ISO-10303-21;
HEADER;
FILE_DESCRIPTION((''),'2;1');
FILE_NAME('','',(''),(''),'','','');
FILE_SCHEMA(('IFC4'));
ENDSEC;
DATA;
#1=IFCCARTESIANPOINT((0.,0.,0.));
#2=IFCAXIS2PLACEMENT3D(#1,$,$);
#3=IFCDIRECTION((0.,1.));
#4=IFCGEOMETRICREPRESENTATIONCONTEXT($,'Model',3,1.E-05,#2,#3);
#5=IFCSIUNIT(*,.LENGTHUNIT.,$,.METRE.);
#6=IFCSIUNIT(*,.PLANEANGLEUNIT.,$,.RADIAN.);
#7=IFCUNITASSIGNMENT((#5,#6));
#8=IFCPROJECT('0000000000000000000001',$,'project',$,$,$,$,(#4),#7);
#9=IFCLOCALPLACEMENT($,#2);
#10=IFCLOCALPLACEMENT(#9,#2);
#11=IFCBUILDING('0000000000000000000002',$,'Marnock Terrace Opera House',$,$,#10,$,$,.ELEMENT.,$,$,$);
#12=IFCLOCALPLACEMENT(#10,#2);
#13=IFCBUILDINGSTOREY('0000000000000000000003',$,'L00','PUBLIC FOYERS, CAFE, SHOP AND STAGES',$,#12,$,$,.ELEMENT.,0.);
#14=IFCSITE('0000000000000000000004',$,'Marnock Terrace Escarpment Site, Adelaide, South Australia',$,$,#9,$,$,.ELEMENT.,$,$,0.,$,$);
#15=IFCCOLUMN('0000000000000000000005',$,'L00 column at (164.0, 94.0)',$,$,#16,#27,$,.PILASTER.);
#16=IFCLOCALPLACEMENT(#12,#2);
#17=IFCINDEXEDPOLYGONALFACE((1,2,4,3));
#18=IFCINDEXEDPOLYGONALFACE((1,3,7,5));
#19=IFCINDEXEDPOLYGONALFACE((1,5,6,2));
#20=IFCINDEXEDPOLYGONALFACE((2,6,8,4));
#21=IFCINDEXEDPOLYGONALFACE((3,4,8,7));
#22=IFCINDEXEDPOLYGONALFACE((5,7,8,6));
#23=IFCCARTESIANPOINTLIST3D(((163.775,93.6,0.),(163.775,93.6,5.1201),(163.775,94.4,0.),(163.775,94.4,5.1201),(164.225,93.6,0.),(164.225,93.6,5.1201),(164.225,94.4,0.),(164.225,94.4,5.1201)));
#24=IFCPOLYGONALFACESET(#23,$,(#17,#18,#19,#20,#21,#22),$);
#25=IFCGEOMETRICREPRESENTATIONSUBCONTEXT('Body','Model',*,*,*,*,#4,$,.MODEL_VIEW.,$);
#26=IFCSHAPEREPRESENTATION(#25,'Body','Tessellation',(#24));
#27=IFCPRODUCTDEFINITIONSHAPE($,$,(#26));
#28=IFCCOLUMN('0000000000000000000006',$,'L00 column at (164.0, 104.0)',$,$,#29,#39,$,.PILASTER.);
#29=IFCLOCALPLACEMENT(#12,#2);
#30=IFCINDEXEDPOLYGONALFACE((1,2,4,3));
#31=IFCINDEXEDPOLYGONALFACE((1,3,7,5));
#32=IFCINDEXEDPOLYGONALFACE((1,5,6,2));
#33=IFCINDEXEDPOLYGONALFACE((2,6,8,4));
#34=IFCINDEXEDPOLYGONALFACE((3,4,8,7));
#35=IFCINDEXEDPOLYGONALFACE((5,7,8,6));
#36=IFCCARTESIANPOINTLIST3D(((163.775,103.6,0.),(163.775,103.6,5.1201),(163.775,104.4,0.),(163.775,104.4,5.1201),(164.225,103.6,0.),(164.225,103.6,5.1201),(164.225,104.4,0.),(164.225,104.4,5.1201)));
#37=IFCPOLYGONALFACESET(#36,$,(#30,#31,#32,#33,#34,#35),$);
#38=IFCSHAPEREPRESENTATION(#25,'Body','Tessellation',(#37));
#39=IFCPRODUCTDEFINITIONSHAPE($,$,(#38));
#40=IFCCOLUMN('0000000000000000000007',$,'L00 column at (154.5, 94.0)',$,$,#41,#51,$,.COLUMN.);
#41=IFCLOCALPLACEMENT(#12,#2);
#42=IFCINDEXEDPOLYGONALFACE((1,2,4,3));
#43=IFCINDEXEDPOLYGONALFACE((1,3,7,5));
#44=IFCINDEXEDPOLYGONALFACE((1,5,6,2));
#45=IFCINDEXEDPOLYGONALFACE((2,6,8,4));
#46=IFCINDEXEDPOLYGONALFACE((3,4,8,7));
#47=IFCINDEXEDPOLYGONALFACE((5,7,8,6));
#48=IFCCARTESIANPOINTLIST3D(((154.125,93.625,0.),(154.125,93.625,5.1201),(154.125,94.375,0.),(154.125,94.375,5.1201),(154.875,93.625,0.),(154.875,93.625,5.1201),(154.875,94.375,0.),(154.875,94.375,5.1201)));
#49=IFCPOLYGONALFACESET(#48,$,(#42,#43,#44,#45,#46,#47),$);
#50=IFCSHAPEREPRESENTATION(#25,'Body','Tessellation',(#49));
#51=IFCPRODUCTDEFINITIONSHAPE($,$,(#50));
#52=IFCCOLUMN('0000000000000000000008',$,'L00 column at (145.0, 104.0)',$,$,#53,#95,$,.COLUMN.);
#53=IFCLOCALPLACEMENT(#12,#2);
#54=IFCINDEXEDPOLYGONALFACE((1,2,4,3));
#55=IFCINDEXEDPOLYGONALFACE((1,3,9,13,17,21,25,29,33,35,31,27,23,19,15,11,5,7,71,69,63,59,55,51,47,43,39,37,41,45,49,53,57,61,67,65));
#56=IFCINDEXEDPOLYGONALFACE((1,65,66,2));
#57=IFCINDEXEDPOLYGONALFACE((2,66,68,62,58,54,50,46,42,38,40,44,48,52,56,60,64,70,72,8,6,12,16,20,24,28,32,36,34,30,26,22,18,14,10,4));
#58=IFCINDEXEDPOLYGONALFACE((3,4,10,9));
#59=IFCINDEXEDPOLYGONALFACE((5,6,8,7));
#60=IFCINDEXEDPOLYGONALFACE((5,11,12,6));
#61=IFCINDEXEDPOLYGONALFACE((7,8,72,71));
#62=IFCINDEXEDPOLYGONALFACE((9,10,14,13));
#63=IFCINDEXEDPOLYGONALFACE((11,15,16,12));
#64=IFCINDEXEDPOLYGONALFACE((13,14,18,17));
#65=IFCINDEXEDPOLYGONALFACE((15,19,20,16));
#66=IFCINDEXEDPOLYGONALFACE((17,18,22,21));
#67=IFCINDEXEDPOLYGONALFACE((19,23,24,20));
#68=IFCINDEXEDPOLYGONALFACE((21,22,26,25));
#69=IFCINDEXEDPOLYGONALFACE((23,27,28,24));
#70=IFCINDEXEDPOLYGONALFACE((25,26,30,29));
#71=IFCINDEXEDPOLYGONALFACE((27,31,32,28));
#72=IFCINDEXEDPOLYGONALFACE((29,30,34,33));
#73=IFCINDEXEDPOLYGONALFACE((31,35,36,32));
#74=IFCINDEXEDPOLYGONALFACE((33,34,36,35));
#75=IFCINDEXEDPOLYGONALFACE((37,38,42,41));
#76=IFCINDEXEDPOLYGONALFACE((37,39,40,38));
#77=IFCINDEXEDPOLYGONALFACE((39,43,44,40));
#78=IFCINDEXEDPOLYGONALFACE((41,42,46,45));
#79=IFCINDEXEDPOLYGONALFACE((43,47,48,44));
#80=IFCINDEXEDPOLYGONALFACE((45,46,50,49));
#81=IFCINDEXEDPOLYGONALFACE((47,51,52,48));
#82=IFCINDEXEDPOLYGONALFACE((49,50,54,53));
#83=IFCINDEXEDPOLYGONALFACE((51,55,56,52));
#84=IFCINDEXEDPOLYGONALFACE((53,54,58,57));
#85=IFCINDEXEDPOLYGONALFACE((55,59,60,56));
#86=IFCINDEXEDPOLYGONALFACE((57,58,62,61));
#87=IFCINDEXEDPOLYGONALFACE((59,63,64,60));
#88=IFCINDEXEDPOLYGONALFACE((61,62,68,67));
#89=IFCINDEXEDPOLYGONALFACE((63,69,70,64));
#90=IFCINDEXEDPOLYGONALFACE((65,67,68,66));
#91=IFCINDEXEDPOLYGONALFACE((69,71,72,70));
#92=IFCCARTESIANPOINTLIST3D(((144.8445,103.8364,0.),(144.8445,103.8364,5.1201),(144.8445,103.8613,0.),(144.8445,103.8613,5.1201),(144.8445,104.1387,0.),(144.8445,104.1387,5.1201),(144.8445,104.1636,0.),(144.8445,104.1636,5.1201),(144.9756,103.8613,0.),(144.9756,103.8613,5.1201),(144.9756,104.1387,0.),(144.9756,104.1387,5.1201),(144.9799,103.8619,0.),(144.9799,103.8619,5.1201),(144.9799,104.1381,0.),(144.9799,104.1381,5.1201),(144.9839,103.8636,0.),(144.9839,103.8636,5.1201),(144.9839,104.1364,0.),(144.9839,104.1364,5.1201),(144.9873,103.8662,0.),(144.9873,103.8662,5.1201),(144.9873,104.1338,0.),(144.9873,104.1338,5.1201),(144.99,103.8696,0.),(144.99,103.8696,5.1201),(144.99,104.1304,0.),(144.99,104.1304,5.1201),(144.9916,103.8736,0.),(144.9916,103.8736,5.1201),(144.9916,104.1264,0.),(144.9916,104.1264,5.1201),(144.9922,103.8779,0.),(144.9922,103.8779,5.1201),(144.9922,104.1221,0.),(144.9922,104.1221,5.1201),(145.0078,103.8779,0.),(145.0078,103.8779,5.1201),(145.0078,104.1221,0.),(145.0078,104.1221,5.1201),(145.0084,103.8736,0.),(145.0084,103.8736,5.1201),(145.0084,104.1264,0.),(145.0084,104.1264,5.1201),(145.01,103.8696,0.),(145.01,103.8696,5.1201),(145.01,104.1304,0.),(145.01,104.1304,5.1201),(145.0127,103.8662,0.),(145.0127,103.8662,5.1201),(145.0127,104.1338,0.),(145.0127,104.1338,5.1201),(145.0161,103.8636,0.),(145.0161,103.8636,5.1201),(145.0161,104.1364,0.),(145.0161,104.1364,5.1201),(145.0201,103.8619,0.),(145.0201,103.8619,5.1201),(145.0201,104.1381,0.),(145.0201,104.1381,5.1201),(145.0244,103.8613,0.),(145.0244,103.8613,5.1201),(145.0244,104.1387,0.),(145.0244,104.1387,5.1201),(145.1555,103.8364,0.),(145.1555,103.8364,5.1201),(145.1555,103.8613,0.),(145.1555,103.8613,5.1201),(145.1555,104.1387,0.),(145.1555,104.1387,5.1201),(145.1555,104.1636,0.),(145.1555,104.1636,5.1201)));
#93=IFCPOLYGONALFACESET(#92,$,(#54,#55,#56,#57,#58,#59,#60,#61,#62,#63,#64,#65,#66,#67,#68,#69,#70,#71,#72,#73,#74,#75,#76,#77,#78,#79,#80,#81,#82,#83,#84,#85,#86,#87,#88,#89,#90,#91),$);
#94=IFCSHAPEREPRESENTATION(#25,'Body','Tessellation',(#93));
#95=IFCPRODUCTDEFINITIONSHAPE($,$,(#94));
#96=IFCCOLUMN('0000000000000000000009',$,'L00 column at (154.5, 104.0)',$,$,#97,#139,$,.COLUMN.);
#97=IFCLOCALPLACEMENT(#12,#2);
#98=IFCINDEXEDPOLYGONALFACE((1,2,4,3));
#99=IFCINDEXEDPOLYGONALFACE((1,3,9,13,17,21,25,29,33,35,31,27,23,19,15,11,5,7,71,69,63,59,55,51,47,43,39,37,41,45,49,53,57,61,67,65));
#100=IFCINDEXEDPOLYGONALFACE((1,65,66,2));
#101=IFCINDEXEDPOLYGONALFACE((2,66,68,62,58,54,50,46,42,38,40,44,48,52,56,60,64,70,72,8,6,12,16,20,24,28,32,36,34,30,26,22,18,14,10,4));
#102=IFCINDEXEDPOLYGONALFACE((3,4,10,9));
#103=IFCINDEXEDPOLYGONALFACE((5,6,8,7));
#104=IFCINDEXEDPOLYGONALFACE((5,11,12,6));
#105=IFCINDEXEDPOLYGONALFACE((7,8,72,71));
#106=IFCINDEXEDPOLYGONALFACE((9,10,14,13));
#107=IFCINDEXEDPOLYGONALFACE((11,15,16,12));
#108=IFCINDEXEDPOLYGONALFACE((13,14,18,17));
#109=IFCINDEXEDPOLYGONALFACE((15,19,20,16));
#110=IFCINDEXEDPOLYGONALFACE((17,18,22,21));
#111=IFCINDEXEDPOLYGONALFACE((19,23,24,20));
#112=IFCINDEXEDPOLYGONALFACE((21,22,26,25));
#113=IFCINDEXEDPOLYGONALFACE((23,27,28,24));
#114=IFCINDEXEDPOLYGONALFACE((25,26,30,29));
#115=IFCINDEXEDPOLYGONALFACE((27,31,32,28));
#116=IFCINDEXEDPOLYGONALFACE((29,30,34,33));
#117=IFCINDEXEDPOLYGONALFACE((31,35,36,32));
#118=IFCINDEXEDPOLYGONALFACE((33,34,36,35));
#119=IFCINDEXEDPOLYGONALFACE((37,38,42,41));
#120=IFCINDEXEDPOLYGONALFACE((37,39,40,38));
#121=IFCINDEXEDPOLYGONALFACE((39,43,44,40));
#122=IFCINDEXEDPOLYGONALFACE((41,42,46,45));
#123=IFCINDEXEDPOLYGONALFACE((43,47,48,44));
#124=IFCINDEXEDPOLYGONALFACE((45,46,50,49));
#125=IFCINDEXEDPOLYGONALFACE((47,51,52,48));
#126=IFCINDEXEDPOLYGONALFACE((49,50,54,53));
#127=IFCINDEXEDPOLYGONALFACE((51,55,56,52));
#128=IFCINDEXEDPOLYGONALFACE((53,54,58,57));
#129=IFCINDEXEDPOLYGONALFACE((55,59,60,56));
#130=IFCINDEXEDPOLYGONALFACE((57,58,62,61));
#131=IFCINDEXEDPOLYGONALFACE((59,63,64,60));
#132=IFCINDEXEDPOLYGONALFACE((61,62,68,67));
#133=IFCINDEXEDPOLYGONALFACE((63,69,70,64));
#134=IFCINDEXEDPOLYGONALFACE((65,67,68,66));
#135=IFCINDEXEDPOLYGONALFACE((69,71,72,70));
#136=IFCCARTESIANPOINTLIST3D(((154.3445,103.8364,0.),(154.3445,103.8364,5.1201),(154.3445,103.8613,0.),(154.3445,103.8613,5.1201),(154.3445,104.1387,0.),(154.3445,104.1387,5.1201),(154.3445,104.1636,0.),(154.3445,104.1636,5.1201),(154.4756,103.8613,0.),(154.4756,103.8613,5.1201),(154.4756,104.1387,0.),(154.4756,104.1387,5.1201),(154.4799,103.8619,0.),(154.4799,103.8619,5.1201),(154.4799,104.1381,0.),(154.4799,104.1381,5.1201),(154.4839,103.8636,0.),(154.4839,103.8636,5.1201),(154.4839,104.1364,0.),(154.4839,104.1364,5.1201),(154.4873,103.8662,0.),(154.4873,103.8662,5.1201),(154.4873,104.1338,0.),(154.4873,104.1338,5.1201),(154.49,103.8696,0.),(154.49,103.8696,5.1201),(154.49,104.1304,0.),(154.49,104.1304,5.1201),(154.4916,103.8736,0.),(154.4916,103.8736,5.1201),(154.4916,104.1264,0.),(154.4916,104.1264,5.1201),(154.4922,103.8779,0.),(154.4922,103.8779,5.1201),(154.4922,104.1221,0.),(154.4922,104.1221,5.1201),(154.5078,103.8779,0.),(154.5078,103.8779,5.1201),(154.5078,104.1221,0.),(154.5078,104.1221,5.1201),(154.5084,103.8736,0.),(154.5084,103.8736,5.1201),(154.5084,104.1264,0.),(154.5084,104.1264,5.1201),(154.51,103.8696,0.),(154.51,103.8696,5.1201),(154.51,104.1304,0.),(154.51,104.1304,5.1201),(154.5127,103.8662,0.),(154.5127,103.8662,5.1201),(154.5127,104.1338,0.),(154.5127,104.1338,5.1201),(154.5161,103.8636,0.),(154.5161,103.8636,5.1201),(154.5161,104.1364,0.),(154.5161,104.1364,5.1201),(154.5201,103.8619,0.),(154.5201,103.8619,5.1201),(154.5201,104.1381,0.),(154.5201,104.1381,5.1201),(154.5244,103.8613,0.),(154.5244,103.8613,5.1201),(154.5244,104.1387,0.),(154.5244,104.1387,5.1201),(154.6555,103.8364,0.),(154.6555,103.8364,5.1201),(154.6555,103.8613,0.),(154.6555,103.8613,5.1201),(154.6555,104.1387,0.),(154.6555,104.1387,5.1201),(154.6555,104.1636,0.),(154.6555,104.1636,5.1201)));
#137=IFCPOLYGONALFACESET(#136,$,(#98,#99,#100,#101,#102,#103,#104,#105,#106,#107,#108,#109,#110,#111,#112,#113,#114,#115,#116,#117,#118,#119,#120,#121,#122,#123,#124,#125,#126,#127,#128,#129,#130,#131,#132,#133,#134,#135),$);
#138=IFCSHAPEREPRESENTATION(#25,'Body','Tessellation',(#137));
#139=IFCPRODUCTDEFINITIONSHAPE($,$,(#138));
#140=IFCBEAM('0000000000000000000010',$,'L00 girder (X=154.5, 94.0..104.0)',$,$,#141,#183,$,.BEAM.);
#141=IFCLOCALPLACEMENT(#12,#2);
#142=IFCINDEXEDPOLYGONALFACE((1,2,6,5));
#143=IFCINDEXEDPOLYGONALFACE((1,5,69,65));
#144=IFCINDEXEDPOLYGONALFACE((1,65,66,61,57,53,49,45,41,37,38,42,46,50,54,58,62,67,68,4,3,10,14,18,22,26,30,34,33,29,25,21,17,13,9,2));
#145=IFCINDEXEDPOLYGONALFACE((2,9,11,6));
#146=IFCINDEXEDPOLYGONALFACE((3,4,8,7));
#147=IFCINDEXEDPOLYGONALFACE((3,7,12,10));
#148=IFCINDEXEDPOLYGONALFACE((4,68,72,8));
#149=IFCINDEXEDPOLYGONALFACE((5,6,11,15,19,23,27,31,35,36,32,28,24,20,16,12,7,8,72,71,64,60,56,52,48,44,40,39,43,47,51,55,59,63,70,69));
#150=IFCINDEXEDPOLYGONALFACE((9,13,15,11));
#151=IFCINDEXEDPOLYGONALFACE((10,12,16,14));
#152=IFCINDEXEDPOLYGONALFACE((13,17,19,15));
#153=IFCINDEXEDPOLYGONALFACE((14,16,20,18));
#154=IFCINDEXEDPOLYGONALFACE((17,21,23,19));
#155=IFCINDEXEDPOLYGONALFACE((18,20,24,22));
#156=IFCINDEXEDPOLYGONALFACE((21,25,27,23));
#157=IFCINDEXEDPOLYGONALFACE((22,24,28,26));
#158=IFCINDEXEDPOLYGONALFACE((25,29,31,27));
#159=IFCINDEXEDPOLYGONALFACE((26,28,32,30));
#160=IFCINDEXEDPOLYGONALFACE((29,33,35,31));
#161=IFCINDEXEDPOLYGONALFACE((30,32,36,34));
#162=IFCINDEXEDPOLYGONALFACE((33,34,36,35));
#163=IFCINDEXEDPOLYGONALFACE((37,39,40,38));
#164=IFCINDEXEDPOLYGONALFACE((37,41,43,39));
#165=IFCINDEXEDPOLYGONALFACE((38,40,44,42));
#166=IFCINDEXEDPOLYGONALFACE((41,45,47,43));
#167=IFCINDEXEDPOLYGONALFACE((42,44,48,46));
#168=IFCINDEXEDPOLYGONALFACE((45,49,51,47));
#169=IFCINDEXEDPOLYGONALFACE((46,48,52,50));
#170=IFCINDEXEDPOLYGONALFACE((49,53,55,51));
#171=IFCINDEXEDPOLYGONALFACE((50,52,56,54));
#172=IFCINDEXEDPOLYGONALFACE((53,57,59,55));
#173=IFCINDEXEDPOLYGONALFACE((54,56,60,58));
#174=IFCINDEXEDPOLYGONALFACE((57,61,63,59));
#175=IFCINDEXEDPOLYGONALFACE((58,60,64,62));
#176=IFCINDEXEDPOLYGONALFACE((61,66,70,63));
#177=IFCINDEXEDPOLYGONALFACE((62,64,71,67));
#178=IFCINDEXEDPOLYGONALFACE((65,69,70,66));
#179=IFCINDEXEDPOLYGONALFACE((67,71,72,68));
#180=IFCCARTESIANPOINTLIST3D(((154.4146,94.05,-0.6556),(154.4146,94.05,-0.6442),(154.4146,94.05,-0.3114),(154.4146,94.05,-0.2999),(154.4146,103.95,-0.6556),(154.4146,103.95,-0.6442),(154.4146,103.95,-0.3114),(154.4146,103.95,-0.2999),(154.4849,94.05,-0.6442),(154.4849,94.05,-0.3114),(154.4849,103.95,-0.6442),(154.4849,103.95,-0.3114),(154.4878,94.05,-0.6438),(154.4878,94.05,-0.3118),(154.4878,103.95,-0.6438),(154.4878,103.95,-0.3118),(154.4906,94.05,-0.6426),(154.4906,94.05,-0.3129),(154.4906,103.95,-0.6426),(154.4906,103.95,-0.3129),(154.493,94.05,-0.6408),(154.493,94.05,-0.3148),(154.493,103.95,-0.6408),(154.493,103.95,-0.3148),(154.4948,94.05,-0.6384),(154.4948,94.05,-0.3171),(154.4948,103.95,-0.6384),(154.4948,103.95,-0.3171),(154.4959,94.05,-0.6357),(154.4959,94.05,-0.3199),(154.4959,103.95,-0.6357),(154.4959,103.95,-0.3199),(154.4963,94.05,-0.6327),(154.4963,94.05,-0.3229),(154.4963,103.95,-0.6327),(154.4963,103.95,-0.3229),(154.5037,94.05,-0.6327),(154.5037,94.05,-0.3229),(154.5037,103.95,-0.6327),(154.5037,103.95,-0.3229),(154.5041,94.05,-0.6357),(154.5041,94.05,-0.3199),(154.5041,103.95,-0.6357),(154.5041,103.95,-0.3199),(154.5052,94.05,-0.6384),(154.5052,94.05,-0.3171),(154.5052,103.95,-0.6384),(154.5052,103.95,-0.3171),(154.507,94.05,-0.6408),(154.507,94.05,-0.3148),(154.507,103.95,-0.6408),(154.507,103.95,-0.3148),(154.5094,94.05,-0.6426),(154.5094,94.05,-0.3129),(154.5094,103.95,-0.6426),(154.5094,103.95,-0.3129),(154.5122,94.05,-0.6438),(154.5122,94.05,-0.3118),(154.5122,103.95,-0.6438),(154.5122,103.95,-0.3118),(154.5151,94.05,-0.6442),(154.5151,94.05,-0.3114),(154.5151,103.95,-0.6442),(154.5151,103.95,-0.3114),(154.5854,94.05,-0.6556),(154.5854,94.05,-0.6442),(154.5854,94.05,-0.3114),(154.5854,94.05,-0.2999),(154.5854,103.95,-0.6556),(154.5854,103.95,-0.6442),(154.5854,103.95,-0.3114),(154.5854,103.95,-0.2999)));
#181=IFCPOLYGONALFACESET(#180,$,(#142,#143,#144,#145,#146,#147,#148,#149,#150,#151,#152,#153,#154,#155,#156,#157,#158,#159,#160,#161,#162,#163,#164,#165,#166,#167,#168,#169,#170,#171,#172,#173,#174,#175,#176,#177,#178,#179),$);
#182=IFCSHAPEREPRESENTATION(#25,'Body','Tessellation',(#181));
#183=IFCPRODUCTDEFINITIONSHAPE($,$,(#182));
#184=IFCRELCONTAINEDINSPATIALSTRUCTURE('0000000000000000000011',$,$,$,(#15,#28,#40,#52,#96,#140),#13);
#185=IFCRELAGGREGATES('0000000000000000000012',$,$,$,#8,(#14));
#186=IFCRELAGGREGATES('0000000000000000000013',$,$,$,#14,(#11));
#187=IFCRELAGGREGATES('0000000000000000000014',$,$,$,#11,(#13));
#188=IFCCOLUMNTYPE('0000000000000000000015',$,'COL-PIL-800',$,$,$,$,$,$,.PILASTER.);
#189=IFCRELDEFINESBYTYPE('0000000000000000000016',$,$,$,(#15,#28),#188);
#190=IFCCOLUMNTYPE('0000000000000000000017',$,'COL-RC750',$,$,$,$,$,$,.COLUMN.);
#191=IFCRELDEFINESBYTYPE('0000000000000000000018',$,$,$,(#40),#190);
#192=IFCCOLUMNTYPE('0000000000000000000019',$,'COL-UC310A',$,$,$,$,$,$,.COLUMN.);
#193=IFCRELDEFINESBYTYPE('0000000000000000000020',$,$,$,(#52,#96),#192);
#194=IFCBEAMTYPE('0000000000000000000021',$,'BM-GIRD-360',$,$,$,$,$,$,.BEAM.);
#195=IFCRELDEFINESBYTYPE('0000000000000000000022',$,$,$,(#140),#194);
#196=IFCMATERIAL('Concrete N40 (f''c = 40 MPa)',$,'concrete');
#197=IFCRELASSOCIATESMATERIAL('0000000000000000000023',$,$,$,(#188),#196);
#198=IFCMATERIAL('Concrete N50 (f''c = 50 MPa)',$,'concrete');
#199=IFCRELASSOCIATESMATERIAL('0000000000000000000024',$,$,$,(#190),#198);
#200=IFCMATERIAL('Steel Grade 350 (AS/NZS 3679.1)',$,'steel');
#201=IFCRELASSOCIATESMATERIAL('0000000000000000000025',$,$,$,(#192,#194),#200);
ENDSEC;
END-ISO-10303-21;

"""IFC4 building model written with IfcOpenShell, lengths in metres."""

from ifc_helpers import new_model, si_unit, direction, frame, origin, origin_2d, place, context, subcontext, project, spatial, rectangle, i_section, extrude, material, material_profile, profile_set, type_object, element, save


model = new_model("IFC4")

# Units and contexts
model_context = context("Model", 3, precision=1e-05, world=origin(), true_north=direction((0.0, 1.0)))
body_context = subcontext(model_context, "Body", "Model", "MODEL_VIEW")
ifc_project = project(units=[si_unit("LENGTHUNIT", "METRE"), si_unit("PLANEANGLEUNIT", "RADIAN")], contexts=[model_context])

# Site, building, storey
site_placement = place(None, origin())
site = spatial("IfcSite", under=ifc_project, at=site_placement, Name="Marnock Terrace Escarpment Site, Adelaide, South Australia", CompositionType="ELEMENT", RefElevation=0.0)
building_placement = place(site_placement, origin())
building = spatial("IfcBuilding", under=site, at=building_placement, Name="Marnock Terrace Opera House", CompositionType="ELEMENT")
storey_placement = place(building_placement, origin())
storey = spatial("IfcBuildingStorey", under=building, at=storey_placement, Name="L00", Description="PUBLIC FOYERS, CAFE, SHOP AND STAGES", CompositionType="ELEMENT", Elevation=0.0)

# Columns
ifc_material_1 = material(Name="Concrete N40 (f'c = 40 MPa)", Category="concrete")
ifc_material_profile_1 = material_profile(ifc_material_1, rectangle(XDim=0.45, YDim=0.8, at=origin_2d()))
ifc_profile_set_1 = profile_set([ifc_material_profile_1], Name="Concrete N40 (f'c = 40 MPa)")
column_type_1 = type_object("IfcColumnType", Name="COL-PIL-800", PredefinedType="PILASTER", material=ifc_profile_set_1)
for number, where, z_axis, x_axis, name in (
    (1, (164.0, 94.0, 0.0), (0.0, 0.0, 1.0), (1.0, 0.0, 0.0), "L00 column at (164.0, 94.0)"),
    (2, (164.0, 104.0, 0.0), (0.0, 0.0, 1.0), (1.0, 0.0, 0.0), "L00 column at (164.0, 104.0)"),
):
    element("IfcColumn", number, at=place(storey_placement, frame(where, z_axis=z_axis, x_axis=x_axis)), inside=storey, type_object=column_type_1, Name=name, PredefinedType="PILASTER", context=body_context, shape_type="SweptSolid", body=[
        extrude(rectangle(XDim=0.45, YDim=0.8, at=origin_2d()), origin(), (0.0, 0.0, 1.0), 5.1201),
    ])
ifc_material_2 = material(Name="Concrete N50 (f'c = 50 MPa)", Category="concrete")
ifc_material_profile_2 = material_profile(ifc_material_2, rectangle(XDim=0.75, YDim=0.75, at=origin_2d()))
ifc_profile_set_2 = profile_set([ifc_material_profile_2], Name="Concrete N50 (f'c = 50 MPa)")
column_type_2 = type_object("IfcColumnType", Name="COL-RC750", PredefinedType="COLUMN", material=ifc_profile_set_2)
column_placement = place(storey_placement, frame((154.5, 94.0, 0.0), z_axis=(0.0, 0.0, 1.0), x_axis=(1.0, 0.0, 0.0)))
element("IfcColumn", 3, at=column_placement, inside=storey, type_object=column_type_2, Name="L00 column at (154.5, 94.0)", PredefinedType="COLUMN", context=body_context, shape_type="SweptSolid", body=[
    extrude(rectangle(XDim=0.75, YDim=0.75, at=origin_2d()), origin(), (0.0, 0.0, 1.0), 5.1201),
])
ifc_material_3 = material(Name="Steel Grade 350 (AS/NZS 3679.1)", Category="steel")
ifc_material_profile_3 = material_profile(ifc_material_3, i_section(OverallWidth=0.311, OverallDepth=0.3271, WebThickness=0.0156, FlangeThickness=0.0249, FilletRadius=0.0166, at=origin_2d()))
ifc_profile_set_3 = profile_set([ifc_material_profile_3], Name="Steel Grade 350 (AS/NZS 3679.1)")
column_type_3 = type_object("IfcColumnType", Name="COL-UC310A", PredefinedType="COLUMN", material=ifc_profile_set_3)
for number, where, z_axis, x_axis, name in (
    (4, (145.0, 104.0, 0.0), (0.0, 0.0, 1.0), (1.0, 0.0, 0.0), "L00 column at (145.0, 104.0)"),
    (5, (154.5, 104.0, 0.0), (0.0, 0.0, 1.0), (1.0, 0.0, 0.0), "L00 column at (154.5, 104.0)"),
):
    element("IfcColumn", number, at=place(storey_placement, frame(where, z_axis=z_axis, x_axis=x_axis)), inside=storey, type_object=column_type_3, Name=name, PredefinedType="COLUMN", context=body_context, shape_type="SweptSolid", body=[
        extrude(i_section(OverallWidth=0.311, OverallDepth=0.3271, WebThickness=0.0156, FlangeThickness=0.0249, FilletRadius=0.0166, at=origin_2d()), origin(), (0.0, 0.0, 1.0), 5.1201),
    ])

# Beam
ifc_material_profile_4 = material_profile(ifc_material_3, i_section(OverallWidth=0.1709, OverallDepth=0.3557, WebThickness=0.0073, FlangeThickness=0.0115, FilletRadius=0.0115, at=origin_2d()))
ifc_profile_set_4 = profile_set([ifc_material_profile_4], Name="Steel Grade 350 (AS/NZS 3679.1)")
beam_type_1 = type_object("IfcBeamType", Name="BM-GIRD-360", PredefinedType="BEAM", material=ifc_profile_set_4)
beam_1_placement = place(storey_placement, frame((154.5, 94.05, -0.4778), z_axis=(0.0, 1.0, 0.0), x_axis=(-1.0, 0.0, 0.0)))
element("IfcBeam", 6, at=beam_1_placement, inside=storey, type_object=beam_type_1, Name="L00 girder (X=154.5, 94.0..104.0)", PredefinedType="BEAM", context=body_context, shape_type="SweptSolid", body=[
    extrude(i_section(OverallWidth=0.1709, OverallDepth=0.3557, WebThickness=0.0073, FlangeThickness=0.0115, FilletRadius=0.0115, at=origin_2d()), origin(), (0.0, 0.0, 1.0), 9.8999),
])

save(model, "model.ifc")
